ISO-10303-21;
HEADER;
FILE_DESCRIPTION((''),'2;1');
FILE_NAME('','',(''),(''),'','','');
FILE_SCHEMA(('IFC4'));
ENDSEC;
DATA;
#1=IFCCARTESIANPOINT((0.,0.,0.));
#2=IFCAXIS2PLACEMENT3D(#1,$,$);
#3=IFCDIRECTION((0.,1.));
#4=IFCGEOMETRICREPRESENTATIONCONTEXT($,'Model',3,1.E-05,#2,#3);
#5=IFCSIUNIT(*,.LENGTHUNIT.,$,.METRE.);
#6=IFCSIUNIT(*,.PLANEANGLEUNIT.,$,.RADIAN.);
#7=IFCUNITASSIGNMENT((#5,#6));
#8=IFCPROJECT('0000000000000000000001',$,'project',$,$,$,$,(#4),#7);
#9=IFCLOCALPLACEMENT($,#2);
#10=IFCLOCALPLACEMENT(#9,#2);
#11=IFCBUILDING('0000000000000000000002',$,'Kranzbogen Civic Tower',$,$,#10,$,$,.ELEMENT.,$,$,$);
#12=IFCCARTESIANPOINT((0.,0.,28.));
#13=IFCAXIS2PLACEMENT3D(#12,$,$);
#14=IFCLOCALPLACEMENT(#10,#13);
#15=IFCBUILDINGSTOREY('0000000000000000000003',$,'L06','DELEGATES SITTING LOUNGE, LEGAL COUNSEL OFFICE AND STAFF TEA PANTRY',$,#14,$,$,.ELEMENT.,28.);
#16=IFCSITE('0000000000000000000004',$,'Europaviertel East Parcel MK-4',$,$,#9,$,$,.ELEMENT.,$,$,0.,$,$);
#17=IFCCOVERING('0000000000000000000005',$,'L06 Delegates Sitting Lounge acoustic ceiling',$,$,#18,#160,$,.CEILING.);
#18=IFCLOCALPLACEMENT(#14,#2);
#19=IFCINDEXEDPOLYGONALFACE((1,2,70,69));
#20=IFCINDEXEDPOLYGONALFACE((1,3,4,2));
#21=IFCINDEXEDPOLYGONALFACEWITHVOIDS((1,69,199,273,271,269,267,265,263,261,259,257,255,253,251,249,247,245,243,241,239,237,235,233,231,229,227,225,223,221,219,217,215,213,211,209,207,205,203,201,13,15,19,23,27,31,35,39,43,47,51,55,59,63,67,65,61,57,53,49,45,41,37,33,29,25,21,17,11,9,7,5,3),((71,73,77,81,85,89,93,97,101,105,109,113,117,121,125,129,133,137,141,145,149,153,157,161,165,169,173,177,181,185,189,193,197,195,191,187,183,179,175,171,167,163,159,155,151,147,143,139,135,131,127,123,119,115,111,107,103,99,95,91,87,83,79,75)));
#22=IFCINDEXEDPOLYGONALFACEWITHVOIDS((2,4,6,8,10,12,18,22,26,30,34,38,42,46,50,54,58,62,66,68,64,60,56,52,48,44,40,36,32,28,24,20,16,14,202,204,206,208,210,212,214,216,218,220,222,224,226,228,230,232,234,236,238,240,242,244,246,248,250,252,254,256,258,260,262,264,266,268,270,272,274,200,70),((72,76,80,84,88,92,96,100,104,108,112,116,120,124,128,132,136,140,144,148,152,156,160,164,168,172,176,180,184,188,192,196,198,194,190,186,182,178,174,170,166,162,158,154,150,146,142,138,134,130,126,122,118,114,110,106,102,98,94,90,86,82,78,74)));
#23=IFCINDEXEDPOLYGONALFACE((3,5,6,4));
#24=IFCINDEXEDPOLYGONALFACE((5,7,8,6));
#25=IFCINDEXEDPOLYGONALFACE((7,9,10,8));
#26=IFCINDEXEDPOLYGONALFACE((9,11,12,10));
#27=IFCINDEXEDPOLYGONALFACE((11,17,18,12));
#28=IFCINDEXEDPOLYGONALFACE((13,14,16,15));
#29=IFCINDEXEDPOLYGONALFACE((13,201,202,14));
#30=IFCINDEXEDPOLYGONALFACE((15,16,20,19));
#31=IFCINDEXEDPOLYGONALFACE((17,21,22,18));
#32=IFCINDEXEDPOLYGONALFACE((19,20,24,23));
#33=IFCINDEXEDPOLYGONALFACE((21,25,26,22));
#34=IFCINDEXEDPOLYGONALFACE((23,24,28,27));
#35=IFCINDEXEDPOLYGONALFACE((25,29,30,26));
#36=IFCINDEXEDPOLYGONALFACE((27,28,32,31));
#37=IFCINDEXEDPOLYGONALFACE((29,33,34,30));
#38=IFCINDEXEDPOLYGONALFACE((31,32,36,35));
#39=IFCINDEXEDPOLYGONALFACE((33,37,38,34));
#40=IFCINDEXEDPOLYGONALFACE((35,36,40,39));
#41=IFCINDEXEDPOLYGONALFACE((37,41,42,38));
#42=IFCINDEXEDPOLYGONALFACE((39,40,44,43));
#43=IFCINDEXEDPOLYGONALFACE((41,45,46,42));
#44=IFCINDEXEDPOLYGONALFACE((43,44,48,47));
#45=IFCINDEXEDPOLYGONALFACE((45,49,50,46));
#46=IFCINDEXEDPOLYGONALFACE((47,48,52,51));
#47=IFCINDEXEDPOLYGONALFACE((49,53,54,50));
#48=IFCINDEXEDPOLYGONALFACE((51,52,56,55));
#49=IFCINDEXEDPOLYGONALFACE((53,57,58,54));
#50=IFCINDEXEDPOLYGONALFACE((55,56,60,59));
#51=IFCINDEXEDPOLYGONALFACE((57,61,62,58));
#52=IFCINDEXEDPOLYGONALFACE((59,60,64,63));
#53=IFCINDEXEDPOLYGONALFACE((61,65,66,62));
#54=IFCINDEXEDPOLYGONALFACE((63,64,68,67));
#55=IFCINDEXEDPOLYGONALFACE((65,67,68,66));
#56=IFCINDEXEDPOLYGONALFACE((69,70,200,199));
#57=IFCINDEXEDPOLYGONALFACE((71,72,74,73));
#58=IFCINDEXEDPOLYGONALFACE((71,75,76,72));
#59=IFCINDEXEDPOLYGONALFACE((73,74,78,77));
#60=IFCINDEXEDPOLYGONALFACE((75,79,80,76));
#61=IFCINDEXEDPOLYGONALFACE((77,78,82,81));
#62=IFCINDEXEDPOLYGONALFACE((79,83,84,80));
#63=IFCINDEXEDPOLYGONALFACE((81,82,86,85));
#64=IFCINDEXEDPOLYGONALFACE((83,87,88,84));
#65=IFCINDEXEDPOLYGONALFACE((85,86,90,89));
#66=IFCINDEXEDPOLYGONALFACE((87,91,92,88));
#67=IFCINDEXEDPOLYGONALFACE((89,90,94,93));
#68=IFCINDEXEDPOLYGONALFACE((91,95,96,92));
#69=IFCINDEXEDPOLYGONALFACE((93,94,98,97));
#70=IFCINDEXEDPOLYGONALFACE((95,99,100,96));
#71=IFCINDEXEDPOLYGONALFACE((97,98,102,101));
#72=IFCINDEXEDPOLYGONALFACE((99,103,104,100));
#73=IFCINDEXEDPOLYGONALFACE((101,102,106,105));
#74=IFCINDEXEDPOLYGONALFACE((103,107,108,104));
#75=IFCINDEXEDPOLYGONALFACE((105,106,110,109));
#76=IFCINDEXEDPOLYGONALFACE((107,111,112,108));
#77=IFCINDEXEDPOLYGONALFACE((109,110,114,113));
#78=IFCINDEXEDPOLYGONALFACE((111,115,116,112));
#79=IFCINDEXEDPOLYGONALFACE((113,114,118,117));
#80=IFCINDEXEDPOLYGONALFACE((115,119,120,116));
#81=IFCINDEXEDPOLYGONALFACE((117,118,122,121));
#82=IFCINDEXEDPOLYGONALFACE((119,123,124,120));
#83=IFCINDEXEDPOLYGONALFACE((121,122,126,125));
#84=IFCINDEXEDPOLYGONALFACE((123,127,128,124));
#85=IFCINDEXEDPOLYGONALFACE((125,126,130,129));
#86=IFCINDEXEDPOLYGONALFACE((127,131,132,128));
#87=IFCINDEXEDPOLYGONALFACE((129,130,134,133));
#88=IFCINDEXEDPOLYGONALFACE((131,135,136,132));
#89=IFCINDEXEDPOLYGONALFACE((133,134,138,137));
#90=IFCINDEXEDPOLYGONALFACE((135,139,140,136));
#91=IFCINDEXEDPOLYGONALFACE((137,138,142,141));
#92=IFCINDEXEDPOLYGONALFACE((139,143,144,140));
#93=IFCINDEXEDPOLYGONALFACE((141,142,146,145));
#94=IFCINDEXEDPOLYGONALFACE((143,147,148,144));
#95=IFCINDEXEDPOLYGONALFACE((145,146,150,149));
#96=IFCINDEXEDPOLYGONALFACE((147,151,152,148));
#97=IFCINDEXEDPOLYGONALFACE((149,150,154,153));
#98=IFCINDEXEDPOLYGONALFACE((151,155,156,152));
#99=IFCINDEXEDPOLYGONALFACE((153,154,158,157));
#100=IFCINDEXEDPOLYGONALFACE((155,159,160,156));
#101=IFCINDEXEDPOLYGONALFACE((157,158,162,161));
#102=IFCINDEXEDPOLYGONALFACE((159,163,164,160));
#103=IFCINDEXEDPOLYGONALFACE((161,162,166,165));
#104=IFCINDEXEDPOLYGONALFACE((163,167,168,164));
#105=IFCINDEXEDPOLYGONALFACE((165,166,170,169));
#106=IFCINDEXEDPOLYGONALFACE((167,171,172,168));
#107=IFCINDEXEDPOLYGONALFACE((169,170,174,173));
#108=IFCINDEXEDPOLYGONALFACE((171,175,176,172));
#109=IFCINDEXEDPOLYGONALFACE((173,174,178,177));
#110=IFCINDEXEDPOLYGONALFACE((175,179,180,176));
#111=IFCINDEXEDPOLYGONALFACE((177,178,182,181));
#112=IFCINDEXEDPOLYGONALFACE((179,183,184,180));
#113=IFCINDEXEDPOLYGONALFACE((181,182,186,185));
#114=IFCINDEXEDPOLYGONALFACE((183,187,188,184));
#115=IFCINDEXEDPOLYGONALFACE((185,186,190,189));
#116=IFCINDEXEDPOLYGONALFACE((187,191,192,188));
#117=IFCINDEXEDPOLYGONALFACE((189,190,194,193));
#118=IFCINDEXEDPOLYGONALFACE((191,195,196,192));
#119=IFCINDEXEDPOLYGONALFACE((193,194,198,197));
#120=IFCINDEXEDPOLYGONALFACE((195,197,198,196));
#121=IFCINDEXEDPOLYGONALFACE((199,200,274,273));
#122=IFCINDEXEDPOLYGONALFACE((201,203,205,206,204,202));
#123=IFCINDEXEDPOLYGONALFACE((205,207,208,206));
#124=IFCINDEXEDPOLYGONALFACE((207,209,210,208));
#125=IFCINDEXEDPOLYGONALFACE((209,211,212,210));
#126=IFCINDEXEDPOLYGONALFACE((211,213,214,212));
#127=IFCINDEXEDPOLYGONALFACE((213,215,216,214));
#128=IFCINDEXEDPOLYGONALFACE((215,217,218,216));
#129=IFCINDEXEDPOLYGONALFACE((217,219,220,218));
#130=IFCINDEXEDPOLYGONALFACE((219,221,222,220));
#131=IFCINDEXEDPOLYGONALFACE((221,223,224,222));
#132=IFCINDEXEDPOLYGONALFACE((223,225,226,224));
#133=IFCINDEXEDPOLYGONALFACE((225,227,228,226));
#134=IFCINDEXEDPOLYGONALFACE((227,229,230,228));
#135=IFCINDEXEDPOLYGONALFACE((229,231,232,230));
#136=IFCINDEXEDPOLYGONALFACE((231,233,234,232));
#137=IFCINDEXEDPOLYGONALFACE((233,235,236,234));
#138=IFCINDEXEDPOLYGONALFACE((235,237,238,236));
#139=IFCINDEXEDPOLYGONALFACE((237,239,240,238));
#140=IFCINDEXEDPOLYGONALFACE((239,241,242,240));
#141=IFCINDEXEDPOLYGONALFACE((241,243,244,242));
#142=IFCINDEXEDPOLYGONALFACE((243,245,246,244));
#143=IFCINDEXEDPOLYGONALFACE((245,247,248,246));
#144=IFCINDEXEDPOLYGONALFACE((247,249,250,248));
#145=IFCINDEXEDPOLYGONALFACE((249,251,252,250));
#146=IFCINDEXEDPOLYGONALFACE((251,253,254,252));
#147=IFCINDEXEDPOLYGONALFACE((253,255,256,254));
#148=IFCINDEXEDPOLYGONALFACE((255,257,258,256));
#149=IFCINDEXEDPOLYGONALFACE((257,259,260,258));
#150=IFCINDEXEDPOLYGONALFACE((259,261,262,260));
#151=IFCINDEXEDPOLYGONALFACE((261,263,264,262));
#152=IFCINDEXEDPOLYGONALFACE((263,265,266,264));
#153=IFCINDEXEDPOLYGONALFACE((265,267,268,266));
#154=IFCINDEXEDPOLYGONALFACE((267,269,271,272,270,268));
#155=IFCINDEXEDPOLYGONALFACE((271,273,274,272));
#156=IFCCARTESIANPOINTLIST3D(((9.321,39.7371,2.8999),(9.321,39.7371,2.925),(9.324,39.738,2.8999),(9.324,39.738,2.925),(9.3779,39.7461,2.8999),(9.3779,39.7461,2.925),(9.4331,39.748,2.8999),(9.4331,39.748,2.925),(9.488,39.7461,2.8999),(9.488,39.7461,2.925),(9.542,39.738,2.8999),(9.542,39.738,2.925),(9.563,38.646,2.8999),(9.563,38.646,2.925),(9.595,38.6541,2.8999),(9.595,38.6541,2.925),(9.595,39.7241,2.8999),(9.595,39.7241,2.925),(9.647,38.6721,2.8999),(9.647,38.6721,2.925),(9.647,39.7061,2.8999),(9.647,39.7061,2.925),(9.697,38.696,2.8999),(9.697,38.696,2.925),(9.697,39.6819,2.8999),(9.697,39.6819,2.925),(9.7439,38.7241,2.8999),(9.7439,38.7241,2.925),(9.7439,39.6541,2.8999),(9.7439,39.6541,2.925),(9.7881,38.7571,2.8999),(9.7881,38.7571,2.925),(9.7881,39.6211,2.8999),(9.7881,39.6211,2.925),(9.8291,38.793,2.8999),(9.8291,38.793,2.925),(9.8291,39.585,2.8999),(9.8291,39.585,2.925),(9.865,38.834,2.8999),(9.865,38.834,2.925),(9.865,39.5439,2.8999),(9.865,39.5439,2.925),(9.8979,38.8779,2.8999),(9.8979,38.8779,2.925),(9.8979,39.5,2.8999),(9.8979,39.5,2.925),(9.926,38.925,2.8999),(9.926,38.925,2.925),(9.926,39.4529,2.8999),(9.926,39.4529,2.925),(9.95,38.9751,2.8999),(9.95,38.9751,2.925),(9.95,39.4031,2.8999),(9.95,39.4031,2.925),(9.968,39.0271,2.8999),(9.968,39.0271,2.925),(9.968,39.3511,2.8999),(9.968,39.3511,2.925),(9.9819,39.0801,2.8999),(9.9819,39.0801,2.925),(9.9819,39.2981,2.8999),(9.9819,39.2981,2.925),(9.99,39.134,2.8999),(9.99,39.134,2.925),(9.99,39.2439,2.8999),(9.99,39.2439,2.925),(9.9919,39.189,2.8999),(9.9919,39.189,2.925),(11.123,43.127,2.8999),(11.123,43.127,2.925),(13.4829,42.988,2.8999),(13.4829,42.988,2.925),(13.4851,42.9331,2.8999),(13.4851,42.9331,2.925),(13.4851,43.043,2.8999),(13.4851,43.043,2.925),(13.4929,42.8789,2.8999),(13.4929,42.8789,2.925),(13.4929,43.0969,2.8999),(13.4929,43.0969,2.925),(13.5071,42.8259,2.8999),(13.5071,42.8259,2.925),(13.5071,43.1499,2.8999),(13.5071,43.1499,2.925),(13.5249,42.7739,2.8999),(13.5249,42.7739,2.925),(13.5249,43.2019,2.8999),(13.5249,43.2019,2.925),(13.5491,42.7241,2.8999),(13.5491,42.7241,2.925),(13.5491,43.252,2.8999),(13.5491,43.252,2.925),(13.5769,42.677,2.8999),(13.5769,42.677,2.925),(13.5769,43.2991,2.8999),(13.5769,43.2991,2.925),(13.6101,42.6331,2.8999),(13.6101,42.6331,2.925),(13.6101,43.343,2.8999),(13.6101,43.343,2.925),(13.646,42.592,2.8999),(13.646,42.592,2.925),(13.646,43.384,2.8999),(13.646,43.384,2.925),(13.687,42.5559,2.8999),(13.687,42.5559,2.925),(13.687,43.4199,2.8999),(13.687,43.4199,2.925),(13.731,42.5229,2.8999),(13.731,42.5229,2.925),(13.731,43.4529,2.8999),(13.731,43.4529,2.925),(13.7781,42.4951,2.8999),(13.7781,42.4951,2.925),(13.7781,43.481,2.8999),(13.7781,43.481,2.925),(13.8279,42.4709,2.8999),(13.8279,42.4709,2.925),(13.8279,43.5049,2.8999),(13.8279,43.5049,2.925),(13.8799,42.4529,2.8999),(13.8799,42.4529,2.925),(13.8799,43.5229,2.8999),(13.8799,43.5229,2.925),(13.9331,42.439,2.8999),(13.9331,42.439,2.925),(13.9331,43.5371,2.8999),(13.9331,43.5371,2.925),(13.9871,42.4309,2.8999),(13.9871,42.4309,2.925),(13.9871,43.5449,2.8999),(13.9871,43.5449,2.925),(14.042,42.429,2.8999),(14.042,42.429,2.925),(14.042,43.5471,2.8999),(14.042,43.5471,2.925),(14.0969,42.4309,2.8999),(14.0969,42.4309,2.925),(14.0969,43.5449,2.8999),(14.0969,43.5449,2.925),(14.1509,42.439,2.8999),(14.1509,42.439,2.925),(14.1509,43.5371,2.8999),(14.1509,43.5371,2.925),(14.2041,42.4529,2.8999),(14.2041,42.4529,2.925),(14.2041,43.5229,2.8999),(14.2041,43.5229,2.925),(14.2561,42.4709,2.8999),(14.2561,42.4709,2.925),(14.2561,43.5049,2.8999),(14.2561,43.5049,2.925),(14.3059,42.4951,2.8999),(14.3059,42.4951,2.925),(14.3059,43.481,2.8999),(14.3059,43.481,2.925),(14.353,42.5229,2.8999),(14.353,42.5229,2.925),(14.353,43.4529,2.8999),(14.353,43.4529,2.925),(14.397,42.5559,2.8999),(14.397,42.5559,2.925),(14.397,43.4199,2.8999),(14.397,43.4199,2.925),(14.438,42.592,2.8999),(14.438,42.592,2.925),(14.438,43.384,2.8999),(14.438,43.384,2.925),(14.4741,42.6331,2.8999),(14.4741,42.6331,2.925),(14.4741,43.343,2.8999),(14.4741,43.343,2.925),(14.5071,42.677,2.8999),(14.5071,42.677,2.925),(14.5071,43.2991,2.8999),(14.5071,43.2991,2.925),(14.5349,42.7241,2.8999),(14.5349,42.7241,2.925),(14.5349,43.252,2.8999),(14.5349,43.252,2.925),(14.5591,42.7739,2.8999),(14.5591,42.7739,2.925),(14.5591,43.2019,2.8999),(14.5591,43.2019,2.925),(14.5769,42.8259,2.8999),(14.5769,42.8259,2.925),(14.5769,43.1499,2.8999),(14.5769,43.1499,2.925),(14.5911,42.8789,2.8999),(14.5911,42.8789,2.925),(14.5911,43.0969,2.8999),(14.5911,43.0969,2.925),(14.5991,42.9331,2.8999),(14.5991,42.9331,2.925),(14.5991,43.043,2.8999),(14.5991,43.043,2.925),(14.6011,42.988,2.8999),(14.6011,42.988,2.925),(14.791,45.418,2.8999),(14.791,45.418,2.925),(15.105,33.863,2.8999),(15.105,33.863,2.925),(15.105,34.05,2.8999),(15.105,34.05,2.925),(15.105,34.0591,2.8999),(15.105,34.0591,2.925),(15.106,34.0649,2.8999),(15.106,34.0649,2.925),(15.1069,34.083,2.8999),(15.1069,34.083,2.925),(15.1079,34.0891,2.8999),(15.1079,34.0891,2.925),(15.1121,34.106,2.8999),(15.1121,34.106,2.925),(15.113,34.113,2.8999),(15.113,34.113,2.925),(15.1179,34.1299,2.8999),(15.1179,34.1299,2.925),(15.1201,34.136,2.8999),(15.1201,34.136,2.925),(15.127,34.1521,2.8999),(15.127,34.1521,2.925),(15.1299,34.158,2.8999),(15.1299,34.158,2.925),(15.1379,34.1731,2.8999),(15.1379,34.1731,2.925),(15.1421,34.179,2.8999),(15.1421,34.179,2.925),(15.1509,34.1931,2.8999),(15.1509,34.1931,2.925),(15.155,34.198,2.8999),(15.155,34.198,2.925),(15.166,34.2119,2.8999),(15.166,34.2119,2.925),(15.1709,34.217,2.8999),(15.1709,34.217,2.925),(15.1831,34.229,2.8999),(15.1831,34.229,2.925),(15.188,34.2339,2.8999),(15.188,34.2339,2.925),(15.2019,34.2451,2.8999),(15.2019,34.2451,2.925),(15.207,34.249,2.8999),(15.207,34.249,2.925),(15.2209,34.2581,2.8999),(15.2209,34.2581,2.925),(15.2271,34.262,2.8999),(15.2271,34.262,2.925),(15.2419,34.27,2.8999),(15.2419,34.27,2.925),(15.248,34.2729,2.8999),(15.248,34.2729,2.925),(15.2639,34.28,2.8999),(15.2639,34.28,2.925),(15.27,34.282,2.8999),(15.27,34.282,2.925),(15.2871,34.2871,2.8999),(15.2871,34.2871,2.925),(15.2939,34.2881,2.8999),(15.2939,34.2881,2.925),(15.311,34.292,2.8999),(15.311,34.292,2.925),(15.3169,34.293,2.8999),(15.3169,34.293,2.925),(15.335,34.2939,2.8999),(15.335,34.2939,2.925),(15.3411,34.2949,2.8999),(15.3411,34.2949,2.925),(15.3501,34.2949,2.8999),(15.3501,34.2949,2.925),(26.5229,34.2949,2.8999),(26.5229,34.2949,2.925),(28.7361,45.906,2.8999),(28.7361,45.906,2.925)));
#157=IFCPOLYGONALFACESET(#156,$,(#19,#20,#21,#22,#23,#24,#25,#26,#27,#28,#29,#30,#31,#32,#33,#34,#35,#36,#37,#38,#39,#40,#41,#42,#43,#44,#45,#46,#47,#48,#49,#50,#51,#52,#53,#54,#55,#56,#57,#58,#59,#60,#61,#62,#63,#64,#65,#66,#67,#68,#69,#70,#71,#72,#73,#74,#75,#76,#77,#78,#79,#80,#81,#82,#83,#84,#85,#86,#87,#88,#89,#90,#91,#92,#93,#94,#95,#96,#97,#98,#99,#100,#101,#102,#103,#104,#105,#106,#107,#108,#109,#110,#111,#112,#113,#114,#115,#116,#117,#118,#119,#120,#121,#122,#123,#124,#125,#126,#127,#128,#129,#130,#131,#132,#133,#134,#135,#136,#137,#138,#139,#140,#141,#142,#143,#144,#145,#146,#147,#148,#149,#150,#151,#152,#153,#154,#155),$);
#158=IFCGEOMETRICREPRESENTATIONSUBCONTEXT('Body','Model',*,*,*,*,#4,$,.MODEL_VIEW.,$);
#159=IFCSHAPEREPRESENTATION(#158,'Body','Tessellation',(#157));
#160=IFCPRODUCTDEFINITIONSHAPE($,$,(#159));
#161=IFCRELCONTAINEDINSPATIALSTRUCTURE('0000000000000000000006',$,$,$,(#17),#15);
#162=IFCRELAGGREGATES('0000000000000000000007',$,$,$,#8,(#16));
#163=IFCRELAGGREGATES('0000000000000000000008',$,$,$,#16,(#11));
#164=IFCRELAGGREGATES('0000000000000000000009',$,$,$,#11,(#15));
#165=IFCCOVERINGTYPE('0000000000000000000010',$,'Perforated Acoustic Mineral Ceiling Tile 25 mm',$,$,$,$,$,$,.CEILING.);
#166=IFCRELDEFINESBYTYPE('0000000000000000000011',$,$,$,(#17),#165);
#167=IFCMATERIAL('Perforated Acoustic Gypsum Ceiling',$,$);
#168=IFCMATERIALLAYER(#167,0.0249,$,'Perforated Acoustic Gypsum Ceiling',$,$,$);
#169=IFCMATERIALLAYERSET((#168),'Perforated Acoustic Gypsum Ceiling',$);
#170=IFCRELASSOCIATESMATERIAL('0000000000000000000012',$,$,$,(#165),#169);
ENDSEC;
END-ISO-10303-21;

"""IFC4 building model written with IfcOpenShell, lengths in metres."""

from ifc_helpers import new_model, si_unit, direction, frame, origin, place, context, subcontext, project, spatial, polyline, outline, extrude, material, layer, layer_set, type_object, element, save


model = new_model("IFC4")

# Units and contexts
model_context = context("Model", 3, precision=1e-05, world=origin(), true_north=direction((0.0, 1.0)))
body_context = subcontext(model_context, "Body", "Model", "MODEL_VIEW")
ifc_project = project(units=[si_unit("LENGTHUNIT", "METRE"), si_unit("PLANEANGLEUNIT", "RADIAN")], contexts=[model_context])

# Site, building, storey
site_placement = place(None, origin())
site = spatial("IfcSite", under=ifc_project, at=site_placement, Name="Europaviertel East Parcel MK-4", CompositionType="ELEMENT", RefElevation=0.0)
building_placement = place(site_placement, origin())
building = spatial("IfcBuilding", under=site, at=building_placement, Name="Kranzbogen Civic Tower", CompositionType="ELEMENT")
storey_placement = place(building_placement, frame((0.0, 0.0, 28.0)))
storey = spatial("IfcBuildingStorey", under=building, at=storey_placement, Name="L06", Description="DELEGATES SITTING LOUNGE, LEGAL COUNSEL OFFICE AND STAFF TEA PANTRY", CompositionType="ELEMENT", Elevation=28.0)

# Covering
ifc_material_1 = material(Name="Perforated Acoustic Gypsum Ceiling")
ifc_layer_1 = layer(ifc_material_1, 0.0249, Name="Perforated Acoustic Gypsum Ceiling")
ifc_layer_set_1 = layer_set([ifc_layer_1], Name="Perforated Acoustic Gypsum Ceiling")
covering_type_1 = type_object("IfcCoveringType", Name="Perforated Acoustic Mineral Ceiling Tile 25 mm", PredefinedType="CEILING", material=ifc_layer_set_1)
covering_1_placement = place(storey_placement, frame((0.0, 0.0, 2.8999)))
element("IfcCovering", 1, at=covering_1_placement, inside=storey, type_object=covering_type_1, Name="L06 Delegates Sitting Lounge acoustic ceiling", PredefinedType="CEILING", context=body_context, shape_type="SweptSolid", body=[
    extrude(outline(polyline([(14.791, 45.418), (28.7361, 45.906), (26.5229, 34.2949), (15.3501, 34.2949), (15.3411, 34.2949), (15.335, 34.2939), (15.3169, 34.293), (15.311, 34.292), (15.2939, 34.2881), (15.2871, 34.2871), (15.27, 34.282), (15.2639, 34.28), (15.248, 34.2729), (15.2419, 34.27), (15.2271, 34.262), (15.2209, 34.2581), (15.207, 34.249), (15.2019, 34.2451), (15.188, 34.2339), (15.1831, 34.229), (15.1709, 34.217), (15.166, 34.2119), (15.155, 34.198), (15.1509, 34.1931), (15.1421, 34.179), (15.1379, 34.1731), (15.1299, 34.158), (15.127, 34.1521), (15.1201, 34.136), (15.1179, 34.1299), (15.113, 34.113), (15.1121, 34.106), (15.1079, 34.0891), (15.1069, 34.083), (15.106, 34.0649), (15.105, 34.0591), (15.105, 34.05), (15.105, 33.863), (9.563, 38.646), (9.595, 38.6541), (9.647, 38.6721), (9.697, 38.696), (9.7439, 38.7241), (9.7881, 38.7571), (9.8291, 38.793), (9.865, 38.834), (9.8979, 38.8779), (9.926, 38.925), (9.95, 38.9751), (9.968, 39.0271), (9.9819, 39.0801), (9.99, 39.134), (9.9919, 39.189), (9.99, 39.2439), (9.9819, 39.2981), (9.968, 39.3511), (9.95, 39.4031), (9.926, 39.4529), (9.8979, 39.5), (9.865, 39.5439), (9.8291, 39.585), (9.7881, 39.6211), (9.7439, 39.6541), (9.697, 39.6819), (9.647, 39.7061), (9.595, 39.7241), (9.542, 39.738), (9.488, 39.7461), (9.4331, 39.748), (9.3779, 39.7461), (9.324, 39.738), (9.321, 39.7371), (11.123, 43.127), (14.791, 45.418)]), holes=[polyline([(14.5591, 42.7739), (14.5349, 42.7241), (14.5071, 42.677), (14.4741, 42.6331), (14.438, 42.592), (14.397, 42.5559), (14.353, 42.5229), (14.3059, 42.4951), (14.2561, 42.4709), (14.2041, 42.4529), (14.1509, 42.439), (14.0969, 42.4309), (14.042, 42.429), (13.9871, 42.4309), (13.9331, 42.439), (13.8799, 42.4529), (13.8279, 42.4709), (13.7781, 42.4951), (13.731, 42.5229), (13.687, 42.5559), (13.646, 42.592), (13.6101, 42.6331), (13.5769, 42.677), (13.5491, 42.7241), (13.5249, 42.7739), (13.5071, 42.8259), (13.4929, 42.8789), (13.4851, 42.9331), (13.4829, 42.988), (13.4851, 43.043), (13.4929, 43.0969), (13.5071, 43.1499), (13.5249, 43.2019), (13.5491, 43.252), (13.5769, 43.2991), (13.6101, 43.343), (13.646, 43.384), (13.687, 43.4199), (13.731, 43.4529), (13.7781, 43.481), (13.8279, 43.5049), (13.8799, 43.5229), (13.9331, 43.5371), (13.9871, 43.5449), (14.042, 43.5471), (14.0969, 43.5449), (14.1509, 43.5371), (14.2041, 43.5229), (14.2561, 43.5049), (14.3059, 43.481), (14.353, 43.4529), (14.397, 43.4199), (14.438, 43.384), (14.4741, 43.343), (14.5071, 43.2991), (14.5349, 43.252), (14.5591, 43.2019), (14.5769, 43.1499), (14.5911, 43.0969), (14.5991, 43.043), (14.6011, 42.988), (14.5991, 42.9331), (14.5911, 42.8789), (14.5769, 42.8259), (14.5591, 42.7739)])]), origin(), (0.0, 0.0, 1.0), 0.0251),
])

save(model, "model.ifc")
